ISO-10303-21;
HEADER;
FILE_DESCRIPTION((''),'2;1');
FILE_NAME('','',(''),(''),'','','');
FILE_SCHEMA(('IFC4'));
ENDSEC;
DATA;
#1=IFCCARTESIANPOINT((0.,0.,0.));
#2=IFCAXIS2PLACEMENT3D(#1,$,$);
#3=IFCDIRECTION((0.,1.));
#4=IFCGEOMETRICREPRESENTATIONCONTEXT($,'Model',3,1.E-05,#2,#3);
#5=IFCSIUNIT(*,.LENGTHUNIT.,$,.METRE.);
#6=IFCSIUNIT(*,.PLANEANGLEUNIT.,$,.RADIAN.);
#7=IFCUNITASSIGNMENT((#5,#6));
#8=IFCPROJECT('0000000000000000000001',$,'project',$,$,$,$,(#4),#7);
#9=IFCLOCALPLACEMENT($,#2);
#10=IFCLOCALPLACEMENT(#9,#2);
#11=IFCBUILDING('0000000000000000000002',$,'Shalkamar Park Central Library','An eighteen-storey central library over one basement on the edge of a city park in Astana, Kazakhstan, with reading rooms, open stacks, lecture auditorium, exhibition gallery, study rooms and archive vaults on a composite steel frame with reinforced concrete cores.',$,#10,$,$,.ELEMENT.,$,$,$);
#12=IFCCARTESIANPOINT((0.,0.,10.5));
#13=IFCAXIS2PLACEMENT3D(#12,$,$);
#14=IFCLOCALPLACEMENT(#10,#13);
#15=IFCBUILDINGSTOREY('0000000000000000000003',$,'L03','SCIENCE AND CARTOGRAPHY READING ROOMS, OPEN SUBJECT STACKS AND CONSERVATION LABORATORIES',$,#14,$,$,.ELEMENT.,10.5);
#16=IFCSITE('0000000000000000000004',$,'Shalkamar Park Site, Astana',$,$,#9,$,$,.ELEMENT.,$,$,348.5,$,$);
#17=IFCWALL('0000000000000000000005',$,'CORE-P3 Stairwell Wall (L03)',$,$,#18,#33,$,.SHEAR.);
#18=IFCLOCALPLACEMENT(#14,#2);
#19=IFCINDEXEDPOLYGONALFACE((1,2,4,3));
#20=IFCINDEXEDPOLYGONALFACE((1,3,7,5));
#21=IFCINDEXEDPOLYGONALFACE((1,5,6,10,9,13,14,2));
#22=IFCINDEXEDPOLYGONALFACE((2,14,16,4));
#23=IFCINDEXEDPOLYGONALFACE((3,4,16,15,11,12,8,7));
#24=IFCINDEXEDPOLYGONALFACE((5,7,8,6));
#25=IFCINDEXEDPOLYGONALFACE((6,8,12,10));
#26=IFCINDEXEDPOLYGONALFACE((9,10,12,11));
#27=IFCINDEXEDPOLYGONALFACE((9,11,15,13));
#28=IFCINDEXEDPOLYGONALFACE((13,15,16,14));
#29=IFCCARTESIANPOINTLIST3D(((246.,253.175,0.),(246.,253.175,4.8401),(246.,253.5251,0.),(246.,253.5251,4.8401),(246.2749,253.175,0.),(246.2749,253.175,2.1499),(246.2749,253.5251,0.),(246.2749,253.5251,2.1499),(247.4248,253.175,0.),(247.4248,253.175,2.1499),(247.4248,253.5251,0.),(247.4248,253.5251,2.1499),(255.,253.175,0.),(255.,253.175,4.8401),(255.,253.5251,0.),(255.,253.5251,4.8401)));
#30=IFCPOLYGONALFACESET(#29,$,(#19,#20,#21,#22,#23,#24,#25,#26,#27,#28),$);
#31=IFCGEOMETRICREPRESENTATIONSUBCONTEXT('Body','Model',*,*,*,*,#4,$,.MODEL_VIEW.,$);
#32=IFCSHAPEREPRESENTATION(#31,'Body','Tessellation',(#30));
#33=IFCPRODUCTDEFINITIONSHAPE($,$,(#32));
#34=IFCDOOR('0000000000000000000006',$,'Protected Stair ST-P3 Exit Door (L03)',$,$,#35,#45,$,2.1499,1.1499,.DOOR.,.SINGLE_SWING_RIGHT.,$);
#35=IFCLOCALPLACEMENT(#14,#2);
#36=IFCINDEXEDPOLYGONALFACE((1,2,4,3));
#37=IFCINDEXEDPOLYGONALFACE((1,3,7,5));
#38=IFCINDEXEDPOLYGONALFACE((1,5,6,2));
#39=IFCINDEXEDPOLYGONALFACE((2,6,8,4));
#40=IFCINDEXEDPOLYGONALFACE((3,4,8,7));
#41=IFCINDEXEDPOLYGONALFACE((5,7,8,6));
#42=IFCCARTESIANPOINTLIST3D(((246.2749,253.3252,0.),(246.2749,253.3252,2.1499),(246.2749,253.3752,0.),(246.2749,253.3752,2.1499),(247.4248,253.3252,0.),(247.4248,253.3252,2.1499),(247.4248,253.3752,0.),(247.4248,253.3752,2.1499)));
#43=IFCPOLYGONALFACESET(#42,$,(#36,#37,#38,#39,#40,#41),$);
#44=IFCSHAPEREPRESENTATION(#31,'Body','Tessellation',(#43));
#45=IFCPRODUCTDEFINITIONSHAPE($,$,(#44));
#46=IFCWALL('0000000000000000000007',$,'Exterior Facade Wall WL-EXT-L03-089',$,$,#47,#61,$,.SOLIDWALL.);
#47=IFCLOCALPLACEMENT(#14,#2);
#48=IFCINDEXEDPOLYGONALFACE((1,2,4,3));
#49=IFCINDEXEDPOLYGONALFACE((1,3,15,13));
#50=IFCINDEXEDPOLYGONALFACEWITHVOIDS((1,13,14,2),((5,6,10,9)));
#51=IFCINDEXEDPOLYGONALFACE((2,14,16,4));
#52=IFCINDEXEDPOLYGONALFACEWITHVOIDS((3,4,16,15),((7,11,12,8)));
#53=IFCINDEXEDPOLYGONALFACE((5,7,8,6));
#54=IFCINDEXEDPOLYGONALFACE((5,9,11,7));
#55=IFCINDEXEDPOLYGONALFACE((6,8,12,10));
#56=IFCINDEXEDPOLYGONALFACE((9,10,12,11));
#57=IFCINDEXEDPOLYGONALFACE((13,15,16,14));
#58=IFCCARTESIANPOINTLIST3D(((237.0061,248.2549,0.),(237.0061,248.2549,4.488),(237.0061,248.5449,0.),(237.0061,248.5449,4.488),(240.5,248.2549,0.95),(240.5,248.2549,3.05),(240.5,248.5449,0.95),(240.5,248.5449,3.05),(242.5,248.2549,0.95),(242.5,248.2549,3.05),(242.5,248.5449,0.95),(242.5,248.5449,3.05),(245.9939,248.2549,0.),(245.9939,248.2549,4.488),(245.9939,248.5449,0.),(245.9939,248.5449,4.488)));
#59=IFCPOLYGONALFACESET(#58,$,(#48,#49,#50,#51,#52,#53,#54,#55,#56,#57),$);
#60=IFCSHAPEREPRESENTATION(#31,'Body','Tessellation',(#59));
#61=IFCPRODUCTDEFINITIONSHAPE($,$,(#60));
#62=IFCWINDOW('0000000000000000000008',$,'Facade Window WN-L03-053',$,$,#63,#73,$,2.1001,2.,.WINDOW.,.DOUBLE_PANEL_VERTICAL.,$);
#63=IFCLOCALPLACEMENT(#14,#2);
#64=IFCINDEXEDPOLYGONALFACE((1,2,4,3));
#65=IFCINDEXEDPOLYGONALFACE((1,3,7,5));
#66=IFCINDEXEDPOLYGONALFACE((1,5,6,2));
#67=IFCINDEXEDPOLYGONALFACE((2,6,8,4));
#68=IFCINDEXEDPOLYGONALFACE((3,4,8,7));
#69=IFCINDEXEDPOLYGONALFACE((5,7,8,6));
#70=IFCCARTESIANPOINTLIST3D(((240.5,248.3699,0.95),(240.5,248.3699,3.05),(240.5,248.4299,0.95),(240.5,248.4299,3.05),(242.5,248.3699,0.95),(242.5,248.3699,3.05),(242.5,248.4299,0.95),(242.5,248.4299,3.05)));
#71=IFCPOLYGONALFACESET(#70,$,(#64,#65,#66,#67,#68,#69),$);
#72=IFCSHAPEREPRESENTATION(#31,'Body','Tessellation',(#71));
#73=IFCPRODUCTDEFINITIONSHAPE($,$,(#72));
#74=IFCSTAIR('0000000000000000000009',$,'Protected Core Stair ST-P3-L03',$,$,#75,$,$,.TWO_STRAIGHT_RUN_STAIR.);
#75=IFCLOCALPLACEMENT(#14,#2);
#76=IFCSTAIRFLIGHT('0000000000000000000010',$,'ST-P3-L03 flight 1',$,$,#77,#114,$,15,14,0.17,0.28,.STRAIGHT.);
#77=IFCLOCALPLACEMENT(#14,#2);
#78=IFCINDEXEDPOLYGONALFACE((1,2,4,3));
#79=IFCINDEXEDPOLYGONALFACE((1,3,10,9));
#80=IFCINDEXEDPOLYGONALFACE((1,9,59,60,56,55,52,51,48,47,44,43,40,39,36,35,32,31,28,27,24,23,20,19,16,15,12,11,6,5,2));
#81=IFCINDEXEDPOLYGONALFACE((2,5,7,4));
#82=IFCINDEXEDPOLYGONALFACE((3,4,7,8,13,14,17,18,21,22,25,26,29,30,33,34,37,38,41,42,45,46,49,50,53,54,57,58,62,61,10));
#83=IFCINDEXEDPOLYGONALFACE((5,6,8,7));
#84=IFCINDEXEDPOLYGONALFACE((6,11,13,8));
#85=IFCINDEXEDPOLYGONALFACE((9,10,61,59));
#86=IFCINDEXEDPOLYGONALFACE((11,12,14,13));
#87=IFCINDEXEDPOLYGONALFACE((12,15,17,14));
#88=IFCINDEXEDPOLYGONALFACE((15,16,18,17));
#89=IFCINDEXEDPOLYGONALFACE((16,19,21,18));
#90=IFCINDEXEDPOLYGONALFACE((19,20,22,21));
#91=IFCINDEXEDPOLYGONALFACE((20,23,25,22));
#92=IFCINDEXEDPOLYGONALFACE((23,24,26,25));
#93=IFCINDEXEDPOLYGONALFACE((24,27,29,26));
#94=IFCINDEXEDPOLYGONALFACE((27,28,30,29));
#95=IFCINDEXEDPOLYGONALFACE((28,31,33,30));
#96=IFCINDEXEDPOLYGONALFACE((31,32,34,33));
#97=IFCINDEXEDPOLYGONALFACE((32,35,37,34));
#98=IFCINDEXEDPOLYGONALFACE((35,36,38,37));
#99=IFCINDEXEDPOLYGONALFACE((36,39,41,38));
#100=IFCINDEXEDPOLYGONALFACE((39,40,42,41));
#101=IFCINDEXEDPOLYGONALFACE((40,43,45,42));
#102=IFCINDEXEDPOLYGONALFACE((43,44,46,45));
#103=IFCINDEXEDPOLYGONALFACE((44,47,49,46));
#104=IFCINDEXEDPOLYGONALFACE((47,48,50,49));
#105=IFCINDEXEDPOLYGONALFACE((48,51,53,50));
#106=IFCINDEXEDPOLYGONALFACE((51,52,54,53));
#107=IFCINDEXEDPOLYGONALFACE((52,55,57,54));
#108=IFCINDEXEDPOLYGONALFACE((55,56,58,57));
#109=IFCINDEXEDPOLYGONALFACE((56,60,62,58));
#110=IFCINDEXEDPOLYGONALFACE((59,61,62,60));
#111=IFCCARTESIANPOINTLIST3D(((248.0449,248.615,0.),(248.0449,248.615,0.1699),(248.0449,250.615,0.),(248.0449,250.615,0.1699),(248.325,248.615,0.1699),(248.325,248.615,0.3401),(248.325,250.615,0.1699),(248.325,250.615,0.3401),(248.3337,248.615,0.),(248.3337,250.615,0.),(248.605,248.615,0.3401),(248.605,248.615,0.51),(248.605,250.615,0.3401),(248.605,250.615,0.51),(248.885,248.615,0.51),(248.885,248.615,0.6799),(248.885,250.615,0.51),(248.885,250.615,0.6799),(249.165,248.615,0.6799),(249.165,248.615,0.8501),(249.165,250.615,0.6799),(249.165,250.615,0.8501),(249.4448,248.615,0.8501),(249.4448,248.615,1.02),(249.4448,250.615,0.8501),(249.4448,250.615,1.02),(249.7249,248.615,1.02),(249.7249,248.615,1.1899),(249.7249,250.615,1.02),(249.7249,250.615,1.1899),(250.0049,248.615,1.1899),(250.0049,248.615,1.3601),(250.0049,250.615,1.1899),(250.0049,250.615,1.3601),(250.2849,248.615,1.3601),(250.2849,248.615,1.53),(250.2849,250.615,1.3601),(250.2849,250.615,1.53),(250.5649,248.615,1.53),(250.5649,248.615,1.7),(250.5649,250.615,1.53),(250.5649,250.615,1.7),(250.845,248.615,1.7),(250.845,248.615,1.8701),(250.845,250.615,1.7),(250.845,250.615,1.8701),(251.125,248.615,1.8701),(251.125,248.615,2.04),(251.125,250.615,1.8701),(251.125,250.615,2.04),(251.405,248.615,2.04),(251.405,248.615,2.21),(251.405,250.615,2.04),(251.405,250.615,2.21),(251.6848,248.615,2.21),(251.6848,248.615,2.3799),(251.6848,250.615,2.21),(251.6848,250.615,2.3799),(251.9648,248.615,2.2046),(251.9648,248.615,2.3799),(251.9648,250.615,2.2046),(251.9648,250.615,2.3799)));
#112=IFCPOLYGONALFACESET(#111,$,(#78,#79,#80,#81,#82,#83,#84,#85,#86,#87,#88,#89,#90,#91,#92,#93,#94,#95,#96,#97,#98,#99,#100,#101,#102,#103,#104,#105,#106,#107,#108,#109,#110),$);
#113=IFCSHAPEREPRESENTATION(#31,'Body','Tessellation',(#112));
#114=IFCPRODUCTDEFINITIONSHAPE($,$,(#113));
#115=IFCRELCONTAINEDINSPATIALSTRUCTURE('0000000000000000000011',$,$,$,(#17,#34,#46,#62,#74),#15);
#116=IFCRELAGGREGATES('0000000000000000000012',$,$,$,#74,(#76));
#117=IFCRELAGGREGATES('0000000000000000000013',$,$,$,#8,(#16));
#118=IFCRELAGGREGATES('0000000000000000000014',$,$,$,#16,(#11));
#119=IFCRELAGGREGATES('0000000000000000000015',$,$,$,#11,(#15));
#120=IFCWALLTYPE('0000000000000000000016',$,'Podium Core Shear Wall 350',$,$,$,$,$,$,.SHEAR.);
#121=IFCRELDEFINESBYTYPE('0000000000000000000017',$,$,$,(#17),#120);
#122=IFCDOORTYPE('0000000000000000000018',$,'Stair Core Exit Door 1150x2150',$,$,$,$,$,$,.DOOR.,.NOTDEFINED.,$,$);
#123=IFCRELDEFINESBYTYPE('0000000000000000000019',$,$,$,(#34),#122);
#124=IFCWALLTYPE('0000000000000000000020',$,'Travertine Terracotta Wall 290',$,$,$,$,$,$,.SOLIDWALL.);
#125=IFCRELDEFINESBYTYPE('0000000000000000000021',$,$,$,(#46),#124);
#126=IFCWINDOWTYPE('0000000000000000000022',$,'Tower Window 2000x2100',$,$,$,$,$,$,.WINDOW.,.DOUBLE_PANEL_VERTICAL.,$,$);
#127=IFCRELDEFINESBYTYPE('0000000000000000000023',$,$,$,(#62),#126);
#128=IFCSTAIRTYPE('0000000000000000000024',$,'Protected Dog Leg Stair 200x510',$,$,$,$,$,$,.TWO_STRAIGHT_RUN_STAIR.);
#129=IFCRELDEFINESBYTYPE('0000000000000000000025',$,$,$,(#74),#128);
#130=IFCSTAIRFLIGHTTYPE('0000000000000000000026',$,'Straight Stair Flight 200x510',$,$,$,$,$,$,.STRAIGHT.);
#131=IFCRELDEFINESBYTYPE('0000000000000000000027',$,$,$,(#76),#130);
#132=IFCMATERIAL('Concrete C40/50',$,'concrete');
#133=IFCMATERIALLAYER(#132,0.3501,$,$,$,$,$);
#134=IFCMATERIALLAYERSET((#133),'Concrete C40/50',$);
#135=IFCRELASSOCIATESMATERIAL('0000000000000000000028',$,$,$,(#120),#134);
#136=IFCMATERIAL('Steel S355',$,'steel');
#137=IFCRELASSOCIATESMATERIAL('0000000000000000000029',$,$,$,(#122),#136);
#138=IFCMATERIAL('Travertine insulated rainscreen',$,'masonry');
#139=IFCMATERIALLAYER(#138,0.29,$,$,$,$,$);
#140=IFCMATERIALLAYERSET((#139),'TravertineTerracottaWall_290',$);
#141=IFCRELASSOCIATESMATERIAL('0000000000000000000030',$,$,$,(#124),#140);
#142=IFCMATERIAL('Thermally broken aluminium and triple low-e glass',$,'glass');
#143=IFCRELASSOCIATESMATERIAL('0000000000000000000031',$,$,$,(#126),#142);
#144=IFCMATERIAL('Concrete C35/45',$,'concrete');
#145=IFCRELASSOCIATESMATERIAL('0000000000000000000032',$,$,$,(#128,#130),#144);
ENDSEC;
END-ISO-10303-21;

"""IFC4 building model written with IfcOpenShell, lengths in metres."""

from ifc_helpers import new_model, si_unit, direction, frame, frame_2d, origin, place, context, subcontext, project, spatial, polyline, rectangle, outline, extrude, material, layer, layer_set, type_object, element, fill, aggregate, save


model = new_model("IFC4")

# Units and contexts
model_context = context("Model", 3, precision=1e-05, world=origin(), true_north=direction((0.0, 1.0)))
body_context = subcontext(model_context, "Body", "Model", "MODEL_VIEW")
ifc_project = project(units=[si_unit("LENGTHUNIT", "METRE"), si_unit("PLANEANGLEUNIT", "RADIAN")], contexts=[model_context])

# Site, building, storey
site_placement = place(None, origin())
site = spatial("IfcSite", under=ifc_project, at=site_placement, Name="Shalkamar Park Site, Astana", CompositionType="ELEMENT", RefElevation=348.5)
building_placement = place(site_placement, origin())
building = spatial("IfcBuilding", under=site, at=building_placement, Name="Shalkamar Park Central Library", Description="An eighteen-storey central library over one basement on the edge of a city park in Astana, Kazakhstan, with reading rooms, open stacks, lecture auditorium, exhibition gallery, study rooms and archive vaults on a composite steel frame with reinforced concrete cores.", CompositionType="ELEMENT")
storey_placement = place(building_placement, frame((0.0, 0.0, 10.5)))
storey = spatial("IfcBuildingStorey", under=building, at=storey_placement, Name="L03", Description="SCIENCE AND CARTOGRAPHY READING ROOMS, OPEN SUBJECT STACKS AND CONSERVATION LABORATORIES", CompositionType="ELEMENT", Elevation=10.5)

# Shared definitions
ifc_material_1 = material(Name="Steel S355", Category="steel")

# Shared definitions
ifc_material_2 = material(Name="Concrete C40/50", Category="concrete")
ifc_layer_1 = layer(ifc_material_2, 0.3501)
ifc_layer_set_1 = layer_set([ifc_layer_1], Name="Concrete C40/50")
wall_type_1 = type_object("IfcWallType", Name="Podium Core Shear Wall 350", PredefinedType="SHEAR", material=ifc_layer_set_1)

# Wall, opening, door
wall_1_placement = place(storey_placement, frame((246.0, 253.3501, 0.0), z_axis=(0.0, 0.0, 1.0), x_axis=(1.0, 0.0, 0.0)))
wall_1 = element("IfcWall", 1, at=wall_1_placement, inside=storey, type_object=wall_type_1, Name="CORE-P3 Stairwell Wall (L03)", PredefinedType="SHEAR", context=body_context, shape_type="SweptSolid", body=[
    extrude(rectangle(XDim=9.0, YDim=0.3501, at=frame_2d((4.5, 0.0))), origin(), (0.0, 0.0, 1.0), 4.8401),
])
opening_1_placement = place(wall_1_placement, frame((0.2749, 0.0, 0.0)))
opening_1 = element("IfcOpeningElement", 2, at=opening_1_placement, cuts=wall_1, PredefinedType="OPENING", context=body_context, shape_type="SweptSolid", body=[
    extrude(rectangle(XDim=1.1499, YDim=2.1499, at=frame_2d((0.575, 1.075))), frame((0.0, 0.1899, 0.0), z_axis=(0.0, -1.0, 0.0), x_axis=(1.0, 0.0, 0.0)), (0.0, 0.0, 1.0), 0.3799),
])
door_type_1 = type_object("IfcDoorType", Name="Stair Core Exit Door 1150x2150", OperationType="NOTDEFINED", PredefinedType="DOOR", material=ifc_material_1)
door_1_placement = place(opening_1_placement, frame((1.1499, 0.0, 0.0), z_axis=(0.0, 0.0, 1.0), x_axis=(-1.0, 0.0, 0.0)))
door_1 = element("IfcDoor", 3, at=door_1_placement, inside=storey, type_object=door_type_1, Name="Protected Stair ST-P3 Exit Door (L03)", OperationType="SINGLE_SWING_RIGHT", OverallHeight=2.1499, OverallWidth=1.1499, PredefinedType="DOOR", context=body_context, shape_type="SweptSolid", body=[
    extrude(rectangle(XDim=1.1499, YDim=2.1499, at=frame_2d((0.575, 1.075))), frame((0.0, 0.0249, 0.0), z_axis=(0.0, -1.0, 0.0), x_axis=(1.0, 0.0, 0.0)), (0.0, 0.0, 1.0), 0.05),
])
fill(opening_1, door_1)

# Wall, opening, window
ifc_material_3 = material(Name="Travertine insulated rainscreen", Category="masonry")
ifc_layer_2 = layer(ifc_material_3, 0.29)
ifc_layer_set_2 = layer_set([ifc_layer_2], Name="TravertineTerracottaWall_290")
wall_type_2 = type_object("IfcWallType", Name="Travertine Terracotta Wall 290", PredefinedType="SOLIDWALL", material=ifc_layer_set_2)
wall_2_placement = place(storey_placement, frame((237.0061, 248.3999, 0.0), z_axis=(0.0, 0.0, 1.0), x_axis=(1.0, 0.0, 0.0)))
wall_2 = element("IfcWall", 4, at=wall_2_placement, inside=storey, type_object=wall_type_2, Name="Exterior Facade Wall WL-EXT-L03-089", PredefinedType="SOLIDWALL", context=body_context, shape_type="SweptSolid", body=[
    extrude(rectangle(XDim=8.9878, YDim=0.29, at=frame_2d((4.4939, 0.0))), origin(), (0.0, 0.0, 1.0), 4.488),
])
opening_2_placement = place(wall_2_placement, frame((3.4939, 0.0, 0.95)))
opening_2 = element("IfcOpeningElement", 5, at=opening_2_placement, cuts=wall_2, PredefinedType="OPENING", context=body_context, shape_type="SweptSolid", body=[
    extrude(rectangle(XDim=2.0, YDim=2.1001, at=frame_2d((1.0, 1.05))), frame((0.0, 0.1599, 0.0), z_axis=(0.0, -1.0, 0.0), x_axis=(1.0, 0.0, 0.0)), (0.0, 0.0, 1.0), 0.3198),
])
ifc_material_4 = material(Name="Thermally broken aluminium and triple low-e glass", Category="glass")
window_type = type_object("IfcWindowType", Name="Tower Window 2000x2100", PartitioningType="DOUBLE_PANEL_VERTICAL", PredefinedType="WINDOW", material=ifc_material_4)
window_placement = place(opening_2_placement, origin())
window = element("IfcWindow", 6, at=window_placement, inside=storey, type_object=window_type, Name="Facade Window WN-L03-053", OverallHeight=2.1001, OverallWidth=2.0, PartitioningType="DOUBLE_PANEL_VERTICAL", PredefinedType="WINDOW", context=body_context, shape_type="SweptSolid", body=[
    extrude(rectangle(XDim=2.0, YDim=2.1001, at=frame_2d((1.0, 1.05))), frame((0.0, 0.03, 0.0), z_axis=(0.0, -1.0, 0.0), x_axis=(1.0, 0.0, 0.0)), (0.0, 0.0, 1.0), 0.0601),
])
fill(opening_2, window)

# Stair, stair flight
ifc_material_5 = material(Name="Concrete C35/45", Category="concrete")
stair_type = type_object("IfcStairType", Name="Protected Dog Leg Stair 200x510", PredefinedType="TWO_STRAIGHT_RUN_STAIR", material=ifc_material_5)
stair_placement = place(storey_placement, origin())
stair = element("IfcStair", 7, at=stair_placement, inside=storey, type_object=stair_type, Name="Protected Core Stair ST-P3-L03", PredefinedType="TWO_STRAIGHT_RUN_STAIR")
stair_flight_type = type_object("IfcStairFlightType", Name="Straight Stair Flight 200x510", PredefinedType="STRAIGHT", material=ifc_material_5)
stair_flight_placement = place(storey_placement, frame((248.0449, 249.615, 0.0), z_axis=(0.0, 0.0, 1.0), x_axis=(1.0, 0.0, 0.0)))
stair_flight = element("IfcStairFlight", 8, at=stair_flight_placement, type_object=stair_flight_type, Name="ST-P3-L03 flight 1", NumberOfRisers=15, NumberOfTreads=14, PredefinedType="STRAIGHT", RiserHeight=0.17, TreadLength=0.28, context=body_context, shape_type="SweptSolid", body=[
    extrude(outline(polyline([(0.0, 0.0), (0.0, 0.1699), (0.28, 0.1699), (0.28, 0.3401), (0.5601, 0.3401), (0.5601, 0.51), (0.8401, 0.51), (0.8401, 0.6799), (1.1201, 0.6799), (1.1201, 0.8501), (1.3999, 0.8501), (1.3999, 1.02), (1.6799, 1.02), (1.6799, 1.1899), (1.96, 1.1899), (1.96, 1.3601), (2.24, 1.3601), (2.24, 1.53), (2.52, 1.53), (2.52, 1.7), (2.8, 1.7), (2.8, 1.8701), (3.0801, 1.8701), (3.0801, 2.04), (3.3601, 2.04), (3.3601, 2.21), (3.6399, 2.21), (3.6399, 2.3799), (3.9199, 2.3799), (3.9199, 2.55), (3.9199, 2.2046), (0.2888, 0.0), (0.0, 0.0)])), frame((0.0, 1.0, 0.0), z_axis=(0.0, -1.0, 0.0), x_axis=(1.0, 0.0, 0.0)), (0.0, 0.0, 1.0), 2.0),
])
aggregate(stair, [stair_flight])

save(model, "model.ifc")
